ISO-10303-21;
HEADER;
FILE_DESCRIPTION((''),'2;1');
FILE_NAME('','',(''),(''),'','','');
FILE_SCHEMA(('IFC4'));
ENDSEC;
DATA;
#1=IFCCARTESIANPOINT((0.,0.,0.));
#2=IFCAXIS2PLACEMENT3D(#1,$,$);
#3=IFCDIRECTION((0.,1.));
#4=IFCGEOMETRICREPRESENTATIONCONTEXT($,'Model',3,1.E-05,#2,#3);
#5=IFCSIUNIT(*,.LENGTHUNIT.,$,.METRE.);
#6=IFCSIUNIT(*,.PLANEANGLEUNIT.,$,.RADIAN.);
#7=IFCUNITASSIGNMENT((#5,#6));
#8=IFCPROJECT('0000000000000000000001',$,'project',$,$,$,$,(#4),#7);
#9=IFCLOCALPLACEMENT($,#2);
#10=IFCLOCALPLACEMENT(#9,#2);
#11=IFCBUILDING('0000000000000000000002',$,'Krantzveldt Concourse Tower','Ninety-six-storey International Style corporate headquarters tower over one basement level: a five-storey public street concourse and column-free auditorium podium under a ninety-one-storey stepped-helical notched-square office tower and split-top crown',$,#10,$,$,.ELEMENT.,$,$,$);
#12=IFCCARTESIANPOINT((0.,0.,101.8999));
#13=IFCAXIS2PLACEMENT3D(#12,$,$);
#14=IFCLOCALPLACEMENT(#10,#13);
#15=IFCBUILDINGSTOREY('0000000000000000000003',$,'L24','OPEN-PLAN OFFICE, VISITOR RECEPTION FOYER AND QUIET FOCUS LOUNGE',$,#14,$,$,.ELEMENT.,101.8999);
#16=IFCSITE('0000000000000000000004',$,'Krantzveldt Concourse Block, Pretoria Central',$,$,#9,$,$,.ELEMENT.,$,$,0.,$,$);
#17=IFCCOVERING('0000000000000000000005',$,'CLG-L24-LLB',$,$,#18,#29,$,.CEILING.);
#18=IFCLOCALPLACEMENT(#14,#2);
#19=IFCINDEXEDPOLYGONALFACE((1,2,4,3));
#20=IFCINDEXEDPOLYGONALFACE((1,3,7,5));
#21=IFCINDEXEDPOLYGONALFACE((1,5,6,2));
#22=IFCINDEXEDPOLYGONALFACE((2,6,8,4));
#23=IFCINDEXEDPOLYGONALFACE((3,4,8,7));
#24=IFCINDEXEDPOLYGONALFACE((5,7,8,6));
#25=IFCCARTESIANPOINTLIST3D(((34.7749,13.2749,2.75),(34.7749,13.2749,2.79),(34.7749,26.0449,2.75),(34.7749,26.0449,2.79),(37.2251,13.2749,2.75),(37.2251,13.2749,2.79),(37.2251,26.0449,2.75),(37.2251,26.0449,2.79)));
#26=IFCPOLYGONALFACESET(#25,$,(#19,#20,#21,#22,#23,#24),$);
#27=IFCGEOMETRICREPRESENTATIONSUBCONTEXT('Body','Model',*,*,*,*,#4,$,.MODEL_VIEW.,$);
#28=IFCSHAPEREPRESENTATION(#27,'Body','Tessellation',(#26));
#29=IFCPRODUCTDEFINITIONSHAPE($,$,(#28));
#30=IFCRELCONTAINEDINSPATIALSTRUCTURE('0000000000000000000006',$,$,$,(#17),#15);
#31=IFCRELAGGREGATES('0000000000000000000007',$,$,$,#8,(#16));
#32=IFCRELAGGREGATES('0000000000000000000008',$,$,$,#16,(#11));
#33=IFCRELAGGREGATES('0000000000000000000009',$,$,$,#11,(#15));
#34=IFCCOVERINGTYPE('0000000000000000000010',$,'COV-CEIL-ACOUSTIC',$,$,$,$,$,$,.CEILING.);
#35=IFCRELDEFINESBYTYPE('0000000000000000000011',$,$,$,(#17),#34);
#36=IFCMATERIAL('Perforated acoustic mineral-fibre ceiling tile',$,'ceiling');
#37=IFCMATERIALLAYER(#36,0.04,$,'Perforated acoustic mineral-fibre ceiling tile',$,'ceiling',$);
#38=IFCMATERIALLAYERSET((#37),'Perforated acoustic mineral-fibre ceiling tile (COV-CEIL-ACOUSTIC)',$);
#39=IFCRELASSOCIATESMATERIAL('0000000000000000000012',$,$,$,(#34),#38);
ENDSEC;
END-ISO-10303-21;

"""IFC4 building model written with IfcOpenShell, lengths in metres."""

from ifc_helpers import new_model, si_unit, direction, frame, origin, place, context, subcontext, project, spatial, polyline, outline, extrude, material, layer, layer_set, type_object, element, save


model = new_model("IFC4")

# Units and contexts
model_context = context("Model", 3, precision=1e-05, world=origin(), true_north=direction((0.0, 1.0)))
body_context = subcontext(model_context, "Body", "Model", "MODEL_VIEW")
ifc_project = project(units=[si_unit("LENGTHUNIT", "METRE"), si_unit("PLANEANGLEUNIT", "RADIAN")], contexts=[model_context])

# Site, building, storey
site_placement = place(None, origin())
site = spatial("IfcSite", under=ifc_project, at=site_placement, Name="Krantzveldt Concourse Block, Pretoria Central", CompositionType="ELEMENT", RefElevation=0.0)
building_placement = place(site_placement, origin())
building = spatial("IfcBuilding", under=site, at=building_placement, Name="Krantzveldt Concourse Tower", Description="Ninety-six-storey International Style corporate headquarters tower over one basement level: a five-storey public street concourse and column-free auditorium podium under a ninety-one-storey stepped-helical notched-square office tower and split-top crown", CompositionType="ELEMENT")
storey_placement = place(building_placement, frame((0.0, 0.0, 101.8999)))
storey = spatial("IfcBuildingStorey", under=building, at=storey_placement, Name="L24", Description="OPEN-PLAN OFFICE, VISITOR RECEPTION FOYER AND QUIET FOCUS LOUNGE", CompositionType="ELEMENT", Elevation=101.8999)

# Covering
ifc_material_1 = material(Name="Perforated acoustic mineral-fibre ceiling tile", Category="ceiling")
ifc_layer_1 = layer(ifc_material_1, 0.04, Name="Perforated acoustic mineral-fibre ceiling tile", Category="ceiling")
ifc_layer_set_1 = layer_set([ifc_layer_1], Name="Perforated acoustic mineral-fibre ceiling tile (COV-CEIL-ACOUSTIC)")
covering_type = type_object("IfcCoveringType", Name="COV-CEIL-ACOUSTIC", PredefinedType="CEILING", material=ifc_layer_set_1)
covering_placement = place(storey_placement, frame((0.0, 0.0, 2.75)))
element("IfcCovering", 1, at=covering_placement, inside=storey, type_object=covering_type, Name="CLG-L24-LLB", PredefinedType="CEILING", context=body_context, shape_type="SweptSolid", body=[
    extrude(outline(polyline([(37.2251, 13.2749), (34.7749, 13.2749), (34.7749, 26.0449), (37.2251, 26.0449), (37.2251, 13.2749)])), origin(), (0.0, 0.0, 1.0), 0.04),
])

save(model, "model.ifc")
